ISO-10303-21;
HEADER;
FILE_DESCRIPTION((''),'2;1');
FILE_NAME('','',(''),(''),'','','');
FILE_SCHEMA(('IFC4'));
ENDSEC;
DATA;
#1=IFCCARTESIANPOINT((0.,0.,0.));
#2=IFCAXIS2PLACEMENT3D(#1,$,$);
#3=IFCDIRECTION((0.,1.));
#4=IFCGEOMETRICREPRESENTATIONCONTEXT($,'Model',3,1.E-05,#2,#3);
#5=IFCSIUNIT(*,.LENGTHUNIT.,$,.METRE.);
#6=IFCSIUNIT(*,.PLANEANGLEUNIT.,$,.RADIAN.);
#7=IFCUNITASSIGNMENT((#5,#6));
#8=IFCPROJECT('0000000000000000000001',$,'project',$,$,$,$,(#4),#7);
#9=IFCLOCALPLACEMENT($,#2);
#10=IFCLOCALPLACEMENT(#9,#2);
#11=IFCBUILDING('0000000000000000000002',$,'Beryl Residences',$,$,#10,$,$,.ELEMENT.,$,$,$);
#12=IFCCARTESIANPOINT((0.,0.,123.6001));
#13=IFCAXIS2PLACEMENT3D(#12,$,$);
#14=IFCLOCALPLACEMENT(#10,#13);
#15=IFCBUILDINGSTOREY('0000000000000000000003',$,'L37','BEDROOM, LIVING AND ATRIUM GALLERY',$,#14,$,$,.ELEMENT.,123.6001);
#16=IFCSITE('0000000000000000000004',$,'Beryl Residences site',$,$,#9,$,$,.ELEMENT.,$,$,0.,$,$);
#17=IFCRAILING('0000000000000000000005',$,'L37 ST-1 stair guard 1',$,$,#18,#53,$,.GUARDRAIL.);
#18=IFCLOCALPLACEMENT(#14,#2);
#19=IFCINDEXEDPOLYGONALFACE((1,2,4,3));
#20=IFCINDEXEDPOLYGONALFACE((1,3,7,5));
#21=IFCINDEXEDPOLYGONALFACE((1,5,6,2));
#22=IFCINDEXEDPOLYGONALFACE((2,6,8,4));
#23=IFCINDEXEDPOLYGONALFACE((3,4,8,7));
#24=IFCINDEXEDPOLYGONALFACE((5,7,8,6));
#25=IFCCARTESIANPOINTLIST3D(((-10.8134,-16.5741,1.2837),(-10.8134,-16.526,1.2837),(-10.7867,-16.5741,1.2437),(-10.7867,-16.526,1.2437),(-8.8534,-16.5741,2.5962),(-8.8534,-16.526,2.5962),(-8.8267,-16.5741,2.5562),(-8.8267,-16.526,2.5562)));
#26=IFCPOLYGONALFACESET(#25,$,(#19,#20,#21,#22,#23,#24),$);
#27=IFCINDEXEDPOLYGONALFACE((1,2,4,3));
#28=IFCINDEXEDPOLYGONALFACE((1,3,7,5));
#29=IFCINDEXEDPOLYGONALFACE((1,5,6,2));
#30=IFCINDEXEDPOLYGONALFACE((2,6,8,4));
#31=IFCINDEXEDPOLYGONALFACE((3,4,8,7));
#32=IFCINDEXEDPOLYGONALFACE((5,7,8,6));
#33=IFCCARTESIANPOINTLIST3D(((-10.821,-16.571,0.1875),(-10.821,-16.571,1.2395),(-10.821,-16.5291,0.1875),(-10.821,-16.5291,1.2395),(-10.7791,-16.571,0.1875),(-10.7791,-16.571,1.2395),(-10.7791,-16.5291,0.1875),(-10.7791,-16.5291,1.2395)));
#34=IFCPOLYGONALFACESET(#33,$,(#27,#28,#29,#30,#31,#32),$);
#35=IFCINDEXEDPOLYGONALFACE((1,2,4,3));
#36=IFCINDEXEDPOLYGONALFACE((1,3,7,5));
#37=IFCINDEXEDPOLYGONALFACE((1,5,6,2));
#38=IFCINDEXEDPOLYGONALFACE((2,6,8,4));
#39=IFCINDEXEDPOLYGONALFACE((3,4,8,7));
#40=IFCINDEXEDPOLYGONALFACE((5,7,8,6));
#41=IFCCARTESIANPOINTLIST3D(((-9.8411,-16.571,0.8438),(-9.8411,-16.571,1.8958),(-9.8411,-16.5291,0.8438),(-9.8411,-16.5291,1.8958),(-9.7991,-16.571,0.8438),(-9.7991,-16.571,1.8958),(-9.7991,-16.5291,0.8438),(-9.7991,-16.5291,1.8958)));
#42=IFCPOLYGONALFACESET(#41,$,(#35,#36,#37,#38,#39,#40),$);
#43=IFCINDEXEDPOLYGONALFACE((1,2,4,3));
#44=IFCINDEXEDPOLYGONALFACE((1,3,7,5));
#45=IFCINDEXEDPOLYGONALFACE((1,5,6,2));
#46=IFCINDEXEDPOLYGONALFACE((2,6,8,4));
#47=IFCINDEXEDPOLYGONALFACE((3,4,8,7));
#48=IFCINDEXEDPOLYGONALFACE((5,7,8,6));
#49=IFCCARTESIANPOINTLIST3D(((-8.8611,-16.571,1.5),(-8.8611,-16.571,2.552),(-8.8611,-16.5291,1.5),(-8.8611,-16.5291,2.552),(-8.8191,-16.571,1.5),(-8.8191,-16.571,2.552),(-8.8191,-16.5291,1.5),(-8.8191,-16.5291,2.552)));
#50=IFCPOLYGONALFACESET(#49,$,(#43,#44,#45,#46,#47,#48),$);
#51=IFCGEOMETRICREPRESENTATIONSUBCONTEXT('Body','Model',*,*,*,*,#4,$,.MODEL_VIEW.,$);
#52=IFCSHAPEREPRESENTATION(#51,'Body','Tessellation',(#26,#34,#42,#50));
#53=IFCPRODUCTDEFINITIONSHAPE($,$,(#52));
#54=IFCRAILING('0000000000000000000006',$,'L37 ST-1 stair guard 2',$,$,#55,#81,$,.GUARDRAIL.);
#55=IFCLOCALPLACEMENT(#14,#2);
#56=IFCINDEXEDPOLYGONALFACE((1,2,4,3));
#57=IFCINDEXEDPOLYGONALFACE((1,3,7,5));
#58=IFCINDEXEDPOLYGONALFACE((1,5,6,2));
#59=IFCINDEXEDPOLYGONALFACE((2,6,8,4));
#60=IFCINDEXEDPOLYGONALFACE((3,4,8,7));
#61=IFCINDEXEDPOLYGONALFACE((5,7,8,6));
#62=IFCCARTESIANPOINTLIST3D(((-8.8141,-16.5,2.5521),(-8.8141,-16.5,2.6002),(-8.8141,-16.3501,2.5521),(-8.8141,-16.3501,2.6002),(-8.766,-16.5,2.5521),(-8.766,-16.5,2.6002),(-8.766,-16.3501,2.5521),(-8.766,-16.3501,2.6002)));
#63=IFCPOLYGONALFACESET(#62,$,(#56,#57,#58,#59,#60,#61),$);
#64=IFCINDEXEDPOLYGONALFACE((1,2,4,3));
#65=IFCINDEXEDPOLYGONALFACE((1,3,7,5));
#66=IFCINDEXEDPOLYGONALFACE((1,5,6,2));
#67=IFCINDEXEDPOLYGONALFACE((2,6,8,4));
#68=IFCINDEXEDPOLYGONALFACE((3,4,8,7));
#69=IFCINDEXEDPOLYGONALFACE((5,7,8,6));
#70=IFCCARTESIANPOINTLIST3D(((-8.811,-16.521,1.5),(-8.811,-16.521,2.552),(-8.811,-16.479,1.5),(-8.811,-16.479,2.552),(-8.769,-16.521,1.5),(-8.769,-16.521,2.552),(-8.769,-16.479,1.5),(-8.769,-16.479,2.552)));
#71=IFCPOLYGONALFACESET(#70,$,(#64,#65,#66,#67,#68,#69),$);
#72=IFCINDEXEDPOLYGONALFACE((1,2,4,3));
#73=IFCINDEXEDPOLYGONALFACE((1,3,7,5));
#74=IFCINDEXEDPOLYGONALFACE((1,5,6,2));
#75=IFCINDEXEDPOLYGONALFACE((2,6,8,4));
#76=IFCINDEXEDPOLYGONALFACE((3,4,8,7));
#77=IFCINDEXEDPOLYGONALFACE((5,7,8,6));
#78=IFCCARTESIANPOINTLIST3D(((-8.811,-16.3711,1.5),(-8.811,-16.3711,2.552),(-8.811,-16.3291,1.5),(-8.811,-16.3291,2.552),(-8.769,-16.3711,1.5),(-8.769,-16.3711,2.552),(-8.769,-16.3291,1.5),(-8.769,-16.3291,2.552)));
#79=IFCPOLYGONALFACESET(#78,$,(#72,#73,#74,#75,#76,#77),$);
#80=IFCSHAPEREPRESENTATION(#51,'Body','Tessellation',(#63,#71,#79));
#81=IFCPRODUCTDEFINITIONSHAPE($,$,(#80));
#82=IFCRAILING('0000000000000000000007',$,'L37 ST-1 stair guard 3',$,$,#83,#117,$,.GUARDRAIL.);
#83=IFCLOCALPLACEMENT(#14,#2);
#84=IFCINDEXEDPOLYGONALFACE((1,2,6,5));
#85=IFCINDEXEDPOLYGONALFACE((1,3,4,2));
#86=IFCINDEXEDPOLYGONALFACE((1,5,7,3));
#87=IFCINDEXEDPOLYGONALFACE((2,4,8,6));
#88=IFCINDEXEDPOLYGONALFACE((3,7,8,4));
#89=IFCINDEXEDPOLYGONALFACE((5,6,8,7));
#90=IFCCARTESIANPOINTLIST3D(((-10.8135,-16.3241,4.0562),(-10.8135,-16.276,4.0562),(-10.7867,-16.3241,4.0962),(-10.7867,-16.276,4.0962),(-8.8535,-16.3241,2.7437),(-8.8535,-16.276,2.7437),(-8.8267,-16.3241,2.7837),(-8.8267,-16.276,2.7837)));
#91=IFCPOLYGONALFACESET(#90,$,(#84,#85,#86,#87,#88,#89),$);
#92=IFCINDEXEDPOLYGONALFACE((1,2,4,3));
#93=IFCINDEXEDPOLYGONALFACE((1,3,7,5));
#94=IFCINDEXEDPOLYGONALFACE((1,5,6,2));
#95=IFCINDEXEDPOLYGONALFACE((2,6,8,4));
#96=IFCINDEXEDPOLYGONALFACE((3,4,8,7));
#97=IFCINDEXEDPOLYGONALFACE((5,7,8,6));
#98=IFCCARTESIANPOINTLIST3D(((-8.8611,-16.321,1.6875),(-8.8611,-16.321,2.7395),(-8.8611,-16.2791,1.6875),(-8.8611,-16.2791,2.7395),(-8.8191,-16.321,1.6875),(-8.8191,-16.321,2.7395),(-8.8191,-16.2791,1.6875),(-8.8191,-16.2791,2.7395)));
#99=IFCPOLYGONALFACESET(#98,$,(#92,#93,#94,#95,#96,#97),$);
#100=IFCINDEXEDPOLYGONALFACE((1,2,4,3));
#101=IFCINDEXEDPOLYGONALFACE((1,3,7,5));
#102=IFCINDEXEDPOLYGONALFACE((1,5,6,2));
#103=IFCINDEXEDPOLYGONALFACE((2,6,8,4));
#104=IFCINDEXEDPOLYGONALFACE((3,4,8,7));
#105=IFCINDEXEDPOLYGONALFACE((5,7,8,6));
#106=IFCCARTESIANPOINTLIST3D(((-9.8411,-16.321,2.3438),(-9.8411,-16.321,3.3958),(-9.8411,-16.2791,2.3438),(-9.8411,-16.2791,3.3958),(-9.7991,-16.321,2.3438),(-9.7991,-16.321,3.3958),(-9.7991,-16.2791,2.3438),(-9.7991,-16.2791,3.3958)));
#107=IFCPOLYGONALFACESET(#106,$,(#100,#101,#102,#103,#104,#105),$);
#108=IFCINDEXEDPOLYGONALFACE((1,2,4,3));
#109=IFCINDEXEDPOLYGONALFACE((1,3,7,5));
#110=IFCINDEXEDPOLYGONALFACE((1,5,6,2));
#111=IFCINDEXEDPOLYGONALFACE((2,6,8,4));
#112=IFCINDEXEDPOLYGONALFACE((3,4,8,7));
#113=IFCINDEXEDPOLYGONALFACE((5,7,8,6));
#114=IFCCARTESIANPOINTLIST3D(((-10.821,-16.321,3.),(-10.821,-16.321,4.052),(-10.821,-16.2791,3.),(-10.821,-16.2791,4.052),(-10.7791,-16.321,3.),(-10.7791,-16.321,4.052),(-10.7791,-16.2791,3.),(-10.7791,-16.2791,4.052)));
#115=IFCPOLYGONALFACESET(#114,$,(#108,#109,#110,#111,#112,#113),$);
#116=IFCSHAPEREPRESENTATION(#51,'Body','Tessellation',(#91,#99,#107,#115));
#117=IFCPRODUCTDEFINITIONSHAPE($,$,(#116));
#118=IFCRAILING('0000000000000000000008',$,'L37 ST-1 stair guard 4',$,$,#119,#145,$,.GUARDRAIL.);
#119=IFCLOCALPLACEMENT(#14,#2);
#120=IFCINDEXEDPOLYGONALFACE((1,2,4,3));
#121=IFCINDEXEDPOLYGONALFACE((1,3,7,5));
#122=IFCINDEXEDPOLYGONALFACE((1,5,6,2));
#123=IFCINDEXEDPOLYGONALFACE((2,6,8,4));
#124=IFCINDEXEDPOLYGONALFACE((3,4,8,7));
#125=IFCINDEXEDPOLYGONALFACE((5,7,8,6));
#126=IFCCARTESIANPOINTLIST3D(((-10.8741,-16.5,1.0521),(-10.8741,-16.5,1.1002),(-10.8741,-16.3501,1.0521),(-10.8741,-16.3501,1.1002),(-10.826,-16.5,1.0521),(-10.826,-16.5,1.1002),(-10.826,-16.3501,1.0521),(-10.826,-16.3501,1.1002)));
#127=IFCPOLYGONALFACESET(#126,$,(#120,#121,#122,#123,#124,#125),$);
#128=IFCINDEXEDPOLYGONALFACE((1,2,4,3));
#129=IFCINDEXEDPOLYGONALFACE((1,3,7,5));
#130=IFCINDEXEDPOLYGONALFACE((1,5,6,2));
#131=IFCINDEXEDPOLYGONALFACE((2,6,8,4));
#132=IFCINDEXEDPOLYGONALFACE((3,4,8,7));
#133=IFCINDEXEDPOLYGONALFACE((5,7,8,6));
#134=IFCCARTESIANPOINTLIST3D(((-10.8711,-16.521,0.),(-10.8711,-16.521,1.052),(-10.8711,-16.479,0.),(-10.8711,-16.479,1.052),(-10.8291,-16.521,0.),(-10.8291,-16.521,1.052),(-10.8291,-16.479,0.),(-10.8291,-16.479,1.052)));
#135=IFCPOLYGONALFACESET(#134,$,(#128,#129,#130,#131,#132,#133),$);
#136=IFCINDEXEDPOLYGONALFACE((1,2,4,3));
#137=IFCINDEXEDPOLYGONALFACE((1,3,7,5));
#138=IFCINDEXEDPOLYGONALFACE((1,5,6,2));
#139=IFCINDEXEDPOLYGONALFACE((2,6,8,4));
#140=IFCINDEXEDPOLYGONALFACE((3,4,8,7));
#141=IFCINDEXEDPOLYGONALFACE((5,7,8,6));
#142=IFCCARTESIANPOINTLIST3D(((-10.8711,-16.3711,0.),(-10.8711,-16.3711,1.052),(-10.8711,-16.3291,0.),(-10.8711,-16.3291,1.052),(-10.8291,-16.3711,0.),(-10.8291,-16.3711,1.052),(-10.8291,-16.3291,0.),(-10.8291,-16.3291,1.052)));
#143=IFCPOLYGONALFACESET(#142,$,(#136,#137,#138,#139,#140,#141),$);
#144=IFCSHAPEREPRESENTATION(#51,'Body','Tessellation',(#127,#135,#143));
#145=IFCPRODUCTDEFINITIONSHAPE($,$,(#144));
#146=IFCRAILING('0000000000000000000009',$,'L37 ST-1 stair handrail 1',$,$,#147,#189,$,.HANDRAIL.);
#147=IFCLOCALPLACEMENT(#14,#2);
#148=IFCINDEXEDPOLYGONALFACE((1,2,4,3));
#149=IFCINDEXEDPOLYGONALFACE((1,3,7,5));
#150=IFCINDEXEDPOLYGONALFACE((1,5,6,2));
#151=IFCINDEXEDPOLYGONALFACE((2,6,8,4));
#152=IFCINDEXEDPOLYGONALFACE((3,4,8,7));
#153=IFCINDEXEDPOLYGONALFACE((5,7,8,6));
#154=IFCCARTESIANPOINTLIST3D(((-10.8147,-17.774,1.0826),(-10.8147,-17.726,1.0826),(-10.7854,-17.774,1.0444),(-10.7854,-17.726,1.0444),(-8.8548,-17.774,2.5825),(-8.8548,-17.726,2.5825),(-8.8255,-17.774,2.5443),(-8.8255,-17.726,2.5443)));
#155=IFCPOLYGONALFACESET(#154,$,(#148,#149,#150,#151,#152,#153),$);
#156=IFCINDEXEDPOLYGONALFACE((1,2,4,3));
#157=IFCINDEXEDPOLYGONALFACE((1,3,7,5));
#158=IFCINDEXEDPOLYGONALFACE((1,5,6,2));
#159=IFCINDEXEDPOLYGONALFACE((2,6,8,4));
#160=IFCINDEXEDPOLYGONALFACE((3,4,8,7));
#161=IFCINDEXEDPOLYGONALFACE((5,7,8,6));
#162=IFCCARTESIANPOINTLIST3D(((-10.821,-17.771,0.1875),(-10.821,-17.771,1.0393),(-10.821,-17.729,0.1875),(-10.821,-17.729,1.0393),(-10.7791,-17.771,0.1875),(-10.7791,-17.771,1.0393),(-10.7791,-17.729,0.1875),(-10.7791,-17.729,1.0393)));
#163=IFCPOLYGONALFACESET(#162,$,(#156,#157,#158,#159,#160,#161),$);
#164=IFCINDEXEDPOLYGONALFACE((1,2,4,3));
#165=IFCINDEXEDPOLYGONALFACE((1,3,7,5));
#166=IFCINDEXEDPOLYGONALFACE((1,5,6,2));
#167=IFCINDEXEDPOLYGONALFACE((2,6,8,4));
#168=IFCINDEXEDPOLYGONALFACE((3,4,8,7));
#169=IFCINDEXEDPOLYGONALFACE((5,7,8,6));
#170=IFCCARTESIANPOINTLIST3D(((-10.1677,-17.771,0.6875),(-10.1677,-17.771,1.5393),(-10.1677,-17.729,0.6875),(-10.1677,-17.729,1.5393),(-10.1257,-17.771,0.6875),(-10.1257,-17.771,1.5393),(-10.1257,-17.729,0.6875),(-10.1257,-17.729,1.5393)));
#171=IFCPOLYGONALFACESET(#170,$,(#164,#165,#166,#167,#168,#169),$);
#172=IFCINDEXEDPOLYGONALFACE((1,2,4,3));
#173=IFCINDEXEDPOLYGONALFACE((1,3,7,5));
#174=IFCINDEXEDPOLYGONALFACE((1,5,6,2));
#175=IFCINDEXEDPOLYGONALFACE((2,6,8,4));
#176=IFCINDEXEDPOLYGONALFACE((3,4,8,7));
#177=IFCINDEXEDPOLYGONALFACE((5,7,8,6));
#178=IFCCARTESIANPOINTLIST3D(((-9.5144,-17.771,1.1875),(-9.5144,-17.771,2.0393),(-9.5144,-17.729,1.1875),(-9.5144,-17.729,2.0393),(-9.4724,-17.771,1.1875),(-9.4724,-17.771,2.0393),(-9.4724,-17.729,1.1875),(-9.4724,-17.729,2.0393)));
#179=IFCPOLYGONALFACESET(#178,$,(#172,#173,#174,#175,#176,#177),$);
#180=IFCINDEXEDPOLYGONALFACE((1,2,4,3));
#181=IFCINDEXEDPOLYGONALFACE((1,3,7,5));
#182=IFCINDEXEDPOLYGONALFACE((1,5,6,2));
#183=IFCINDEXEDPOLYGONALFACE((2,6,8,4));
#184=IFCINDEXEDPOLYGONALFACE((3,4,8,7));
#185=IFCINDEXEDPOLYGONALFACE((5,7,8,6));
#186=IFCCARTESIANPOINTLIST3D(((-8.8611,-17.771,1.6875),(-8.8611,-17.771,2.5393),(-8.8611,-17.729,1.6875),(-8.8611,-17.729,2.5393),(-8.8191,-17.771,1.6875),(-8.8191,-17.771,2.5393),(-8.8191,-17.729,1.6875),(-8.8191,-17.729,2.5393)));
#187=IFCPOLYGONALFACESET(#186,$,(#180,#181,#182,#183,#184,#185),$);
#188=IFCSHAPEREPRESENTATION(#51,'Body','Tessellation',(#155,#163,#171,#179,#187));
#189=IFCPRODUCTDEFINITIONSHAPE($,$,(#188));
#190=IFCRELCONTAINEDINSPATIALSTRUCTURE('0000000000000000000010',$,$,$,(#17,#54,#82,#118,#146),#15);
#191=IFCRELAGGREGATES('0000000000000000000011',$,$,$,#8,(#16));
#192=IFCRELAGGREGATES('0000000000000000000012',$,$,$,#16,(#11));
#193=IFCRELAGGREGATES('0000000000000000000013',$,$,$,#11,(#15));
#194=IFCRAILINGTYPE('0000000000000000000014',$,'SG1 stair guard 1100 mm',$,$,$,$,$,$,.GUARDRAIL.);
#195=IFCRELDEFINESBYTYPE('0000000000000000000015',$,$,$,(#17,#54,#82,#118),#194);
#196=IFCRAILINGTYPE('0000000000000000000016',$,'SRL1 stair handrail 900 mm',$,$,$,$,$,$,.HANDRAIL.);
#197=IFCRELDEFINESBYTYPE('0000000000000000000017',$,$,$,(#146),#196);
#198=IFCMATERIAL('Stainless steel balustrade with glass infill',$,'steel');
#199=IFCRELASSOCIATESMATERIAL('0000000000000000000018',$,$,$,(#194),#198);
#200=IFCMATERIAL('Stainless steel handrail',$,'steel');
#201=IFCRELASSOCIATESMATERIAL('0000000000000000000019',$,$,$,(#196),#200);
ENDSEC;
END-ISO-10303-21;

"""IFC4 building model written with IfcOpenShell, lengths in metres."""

from ifc_helpers import new_model, si_unit, direction, frame, origin, origin_2d, place, context, subcontext, project, spatial, rectangle, extrude, material, type_object, element, save


model = new_model("IFC4")

# Units and contexts
model_context = context("Model", 3, precision=1e-05, world=origin(), true_north=direction((0.0, 1.0)))
body_context = subcontext(model_context, "Body", "Model", "MODEL_VIEW")
ifc_project = project(units=[si_unit("LENGTHUNIT", "METRE"), si_unit("PLANEANGLEUNIT", "RADIAN")], contexts=[model_context])

# Site, building, storey
site_placement = place(None, origin())
site = spatial("IfcSite", under=ifc_project, at=site_placement, Name="Beryl Residences site", CompositionType="ELEMENT", RefElevation=0.0)
building_placement = place(site_placement, origin())
building = spatial("IfcBuilding", under=site, at=building_placement, Name="Beryl Residences", CompositionType="ELEMENT")
storey_placement = place(building_placement, frame((0.0, 0.0, 123.6001)))
storey = spatial("IfcBuildingStorey", under=building, at=storey_placement, Name="L37", Description="BEDROOM, LIVING AND ATRIUM GALLERY", CompositionType="ELEMENT", Elevation=123.6001)

# Railings
ifc_material_1 = material(Name="Stainless steel balustrade with glass infill", Category="steel")
railing_type_1 = type_object("IfcRailingType", Name="SG1 stair guard 1100 mm", PredefinedType="GUARDRAIL", material=ifc_material_1)
railing_1_placement = place(storey_placement, frame((-10.8, -16.55, 0.1875)))
element("IfcRailing", 1, at=railing_1_placement, inside=storey, type_object=railing_type_1, Name="L37 ST-1 stair guard 1", PredefinedType="GUARDRAIL", context=body_context, shape_type="SweptSolid", body=[
    extrude(rectangle(XDim=0.0481, YDim=0.0481, at=origin_2d()), frame((0.0, 0.0, 1.0762), z_axis=(0.830902, 0.0, 0.556419), x_axis=(0.0, 1.0, 0.0)), (0.0, 0.0, 1.0), 2.3589),
    extrude(rectangle(XDim=0.042, YDim=0.042, at=origin_2d()), origin(), (0.0, 0.0, 1.0), 1.052),
    extrude(rectangle(XDim=0.042, YDim=0.042, at=origin_2d()), frame((0.98, 0.0, 0.6562)), (0.0, 0.0, 1.0), 1.052),
    extrude(rectangle(XDim=0.042, YDim=0.042, at=origin_2d()), frame((1.96, 0.0, 1.3125)), (0.0, 0.0, 1.0), 1.052),
])
railing_2_placement = place(storey_placement, frame((-8.79, -16.5, 1.5)))
element("IfcRailing", 2, at=railing_2_placement, inside=storey, type_object=railing_type_1, Name="L37 ST-1 stair guard 2", PredefinedType="GUARDRAIL", context=body_context, shape_type="SweptSolid", body=[
    extrude(rectangle(XDim=0.0481, YDim=0.0481, at=origin_2d()), frame((0.0, 0.0, 1.0762), z_axis=(0.0, 1.0, 0.0), x_axis=(-1.0, 0.0, 0.0)), (0.0, 0.0, 1.0), 0.1499),
    extrude(rectangle(XDim=0.042, YDim=0.042, at=origin_2d()), origin(), (0.0, 0.0, 1.0), 1.052),
    extrude(rectangle(XDim=0.042, YDim=0.042, at=origin_2d()), frame((0.0, 0.1499, 0.0)), (0.0, 0.0, 1.0), 1.052),
])
railing_3_placement = place(storey_placement, frame((-8.8401, -16.3, 1.6875)))
element("IfcRailing", 3, at=railing_3_placement, inside=storey, type_object=railing_type_1, Name="L37 ST-1 stair guard 3", PredefinedType="GUARDRAIL", context=body_context, shape_type="SweptSolid", body=[
    extrude(rectangle(XDim=0.0481, YDim=0.0481, at=origin_2d()), frame((0.0, 0.0, 1.0762), z_axis=(-0.830902, 0.0, 0.556419), x_axis=(0.0, -1.0, 0.0)), (0.0, 0.0, 1.0), 2.3589),
    extrude(rectangle(XDim=0.042, YDim=0.042, at=origin_2d()), origin(), (0.0, 0.0, 1.0), 1.052),
    extrude(rectangle(XDim=0.042, YDim=0.042, at=origin_2d()), frame((-0.98, 0.0, 0.6562)), (0.0, 0.0, 1.0), 1.052),
    extrude(rectangle(XDim=0.042, YDim=0.042, at=origin_2d()), frame((-1.96, 0.0, 1.3125)), (0.0, 0.0, 1.0), 1.052),
])
railing_4_placement = place(storey_placement, frame((-10.8501, -16.5, 0.0)))
element("IfcRailing", 4, at=railing_4_placement, inside=storey, type_object=railing_type_1, Name="L37 ST-1 stair guard 4", PredefinedType="GUARDRAIL", context=body_context, shape_type="SweptSolid", body=[
    extrude(rectangle(XDim=0.0481, YDim=0.0481, at=origin_2d()), frame((0.0, 0.0, 1.0762), z_axis=(0.0, 1.0, 0.0), x_axis=(-1.0, 0.0, 0.0)), (0.0, 0.0, 1.0), 0.1499),
    extrude(rectangle(XDim=0.042, YDim=0.042, at=origin_2d()), origin(), (0.0, 0.0, 1.0), 1.052),
    extrude(rectangle(XDim=0.042, YDim=0.042, at=origin_2d()), frame((0.0, 0.1499, 0.0)), (0.0, 0.0, 1.0), 1.052),
])
ifc_material_2 = material(Name="Stainless steel handrail", Category="steel")
railing_type_2 = type_object("IfcRailingType", Name="SRL1 stair handrail 900 mm", PredefinedType="HANDRAIL", material=ifc_material_2)
railing_5_placement = place(storey_placement, frame((-10.8, -17.75, 0.1875)))
element("IfcRailing", 5, at=railing_5_placement, inside=storey, type_object=railing_type_2, Name="L37 ST-1 stair handrail 1", PredefinedType="HANDRAIL", context=body_context, shape_type="SweptSolid", body=[
    extrude(rectangle(XDim=0.0481, YDim=0.0481, at=origin_2d()), frame((0.0, 0.0, 0.876), z_axis=(0.794122, 0.0, 0.607758), x_axis=(0.0, 1.0, 0.0)), (0.0, 0.0, 1.0), 2.468),
    extrude(rectangle(XDim=0.042, YDim=0.042, at=origin_2d()), origin(), (0.0, 0.0, 1.0), 0.8518),
    extrude(rectangle(XDim=0.042, YDim=0.042, at=origin_2d()), frame((0.6533, 0.0, 0.5)), (0.0, 0.0, 1.0), 0.8518),
    extrude(rectangle(XDim=0.042, YDim=0.042, at=origin_2d()), frame((1.3066, 0.0, 1.0)), (0.0, 0.0, 1.0), 0.8518),
    extrude(rectangle(XDim=0.042, YDim=0.042, at=origin_2d()), frame((1.96, 0.0, 1.5)), (0.0, 0.0, 1.0), 0.8518),
])

save(model, "model.ifc")
